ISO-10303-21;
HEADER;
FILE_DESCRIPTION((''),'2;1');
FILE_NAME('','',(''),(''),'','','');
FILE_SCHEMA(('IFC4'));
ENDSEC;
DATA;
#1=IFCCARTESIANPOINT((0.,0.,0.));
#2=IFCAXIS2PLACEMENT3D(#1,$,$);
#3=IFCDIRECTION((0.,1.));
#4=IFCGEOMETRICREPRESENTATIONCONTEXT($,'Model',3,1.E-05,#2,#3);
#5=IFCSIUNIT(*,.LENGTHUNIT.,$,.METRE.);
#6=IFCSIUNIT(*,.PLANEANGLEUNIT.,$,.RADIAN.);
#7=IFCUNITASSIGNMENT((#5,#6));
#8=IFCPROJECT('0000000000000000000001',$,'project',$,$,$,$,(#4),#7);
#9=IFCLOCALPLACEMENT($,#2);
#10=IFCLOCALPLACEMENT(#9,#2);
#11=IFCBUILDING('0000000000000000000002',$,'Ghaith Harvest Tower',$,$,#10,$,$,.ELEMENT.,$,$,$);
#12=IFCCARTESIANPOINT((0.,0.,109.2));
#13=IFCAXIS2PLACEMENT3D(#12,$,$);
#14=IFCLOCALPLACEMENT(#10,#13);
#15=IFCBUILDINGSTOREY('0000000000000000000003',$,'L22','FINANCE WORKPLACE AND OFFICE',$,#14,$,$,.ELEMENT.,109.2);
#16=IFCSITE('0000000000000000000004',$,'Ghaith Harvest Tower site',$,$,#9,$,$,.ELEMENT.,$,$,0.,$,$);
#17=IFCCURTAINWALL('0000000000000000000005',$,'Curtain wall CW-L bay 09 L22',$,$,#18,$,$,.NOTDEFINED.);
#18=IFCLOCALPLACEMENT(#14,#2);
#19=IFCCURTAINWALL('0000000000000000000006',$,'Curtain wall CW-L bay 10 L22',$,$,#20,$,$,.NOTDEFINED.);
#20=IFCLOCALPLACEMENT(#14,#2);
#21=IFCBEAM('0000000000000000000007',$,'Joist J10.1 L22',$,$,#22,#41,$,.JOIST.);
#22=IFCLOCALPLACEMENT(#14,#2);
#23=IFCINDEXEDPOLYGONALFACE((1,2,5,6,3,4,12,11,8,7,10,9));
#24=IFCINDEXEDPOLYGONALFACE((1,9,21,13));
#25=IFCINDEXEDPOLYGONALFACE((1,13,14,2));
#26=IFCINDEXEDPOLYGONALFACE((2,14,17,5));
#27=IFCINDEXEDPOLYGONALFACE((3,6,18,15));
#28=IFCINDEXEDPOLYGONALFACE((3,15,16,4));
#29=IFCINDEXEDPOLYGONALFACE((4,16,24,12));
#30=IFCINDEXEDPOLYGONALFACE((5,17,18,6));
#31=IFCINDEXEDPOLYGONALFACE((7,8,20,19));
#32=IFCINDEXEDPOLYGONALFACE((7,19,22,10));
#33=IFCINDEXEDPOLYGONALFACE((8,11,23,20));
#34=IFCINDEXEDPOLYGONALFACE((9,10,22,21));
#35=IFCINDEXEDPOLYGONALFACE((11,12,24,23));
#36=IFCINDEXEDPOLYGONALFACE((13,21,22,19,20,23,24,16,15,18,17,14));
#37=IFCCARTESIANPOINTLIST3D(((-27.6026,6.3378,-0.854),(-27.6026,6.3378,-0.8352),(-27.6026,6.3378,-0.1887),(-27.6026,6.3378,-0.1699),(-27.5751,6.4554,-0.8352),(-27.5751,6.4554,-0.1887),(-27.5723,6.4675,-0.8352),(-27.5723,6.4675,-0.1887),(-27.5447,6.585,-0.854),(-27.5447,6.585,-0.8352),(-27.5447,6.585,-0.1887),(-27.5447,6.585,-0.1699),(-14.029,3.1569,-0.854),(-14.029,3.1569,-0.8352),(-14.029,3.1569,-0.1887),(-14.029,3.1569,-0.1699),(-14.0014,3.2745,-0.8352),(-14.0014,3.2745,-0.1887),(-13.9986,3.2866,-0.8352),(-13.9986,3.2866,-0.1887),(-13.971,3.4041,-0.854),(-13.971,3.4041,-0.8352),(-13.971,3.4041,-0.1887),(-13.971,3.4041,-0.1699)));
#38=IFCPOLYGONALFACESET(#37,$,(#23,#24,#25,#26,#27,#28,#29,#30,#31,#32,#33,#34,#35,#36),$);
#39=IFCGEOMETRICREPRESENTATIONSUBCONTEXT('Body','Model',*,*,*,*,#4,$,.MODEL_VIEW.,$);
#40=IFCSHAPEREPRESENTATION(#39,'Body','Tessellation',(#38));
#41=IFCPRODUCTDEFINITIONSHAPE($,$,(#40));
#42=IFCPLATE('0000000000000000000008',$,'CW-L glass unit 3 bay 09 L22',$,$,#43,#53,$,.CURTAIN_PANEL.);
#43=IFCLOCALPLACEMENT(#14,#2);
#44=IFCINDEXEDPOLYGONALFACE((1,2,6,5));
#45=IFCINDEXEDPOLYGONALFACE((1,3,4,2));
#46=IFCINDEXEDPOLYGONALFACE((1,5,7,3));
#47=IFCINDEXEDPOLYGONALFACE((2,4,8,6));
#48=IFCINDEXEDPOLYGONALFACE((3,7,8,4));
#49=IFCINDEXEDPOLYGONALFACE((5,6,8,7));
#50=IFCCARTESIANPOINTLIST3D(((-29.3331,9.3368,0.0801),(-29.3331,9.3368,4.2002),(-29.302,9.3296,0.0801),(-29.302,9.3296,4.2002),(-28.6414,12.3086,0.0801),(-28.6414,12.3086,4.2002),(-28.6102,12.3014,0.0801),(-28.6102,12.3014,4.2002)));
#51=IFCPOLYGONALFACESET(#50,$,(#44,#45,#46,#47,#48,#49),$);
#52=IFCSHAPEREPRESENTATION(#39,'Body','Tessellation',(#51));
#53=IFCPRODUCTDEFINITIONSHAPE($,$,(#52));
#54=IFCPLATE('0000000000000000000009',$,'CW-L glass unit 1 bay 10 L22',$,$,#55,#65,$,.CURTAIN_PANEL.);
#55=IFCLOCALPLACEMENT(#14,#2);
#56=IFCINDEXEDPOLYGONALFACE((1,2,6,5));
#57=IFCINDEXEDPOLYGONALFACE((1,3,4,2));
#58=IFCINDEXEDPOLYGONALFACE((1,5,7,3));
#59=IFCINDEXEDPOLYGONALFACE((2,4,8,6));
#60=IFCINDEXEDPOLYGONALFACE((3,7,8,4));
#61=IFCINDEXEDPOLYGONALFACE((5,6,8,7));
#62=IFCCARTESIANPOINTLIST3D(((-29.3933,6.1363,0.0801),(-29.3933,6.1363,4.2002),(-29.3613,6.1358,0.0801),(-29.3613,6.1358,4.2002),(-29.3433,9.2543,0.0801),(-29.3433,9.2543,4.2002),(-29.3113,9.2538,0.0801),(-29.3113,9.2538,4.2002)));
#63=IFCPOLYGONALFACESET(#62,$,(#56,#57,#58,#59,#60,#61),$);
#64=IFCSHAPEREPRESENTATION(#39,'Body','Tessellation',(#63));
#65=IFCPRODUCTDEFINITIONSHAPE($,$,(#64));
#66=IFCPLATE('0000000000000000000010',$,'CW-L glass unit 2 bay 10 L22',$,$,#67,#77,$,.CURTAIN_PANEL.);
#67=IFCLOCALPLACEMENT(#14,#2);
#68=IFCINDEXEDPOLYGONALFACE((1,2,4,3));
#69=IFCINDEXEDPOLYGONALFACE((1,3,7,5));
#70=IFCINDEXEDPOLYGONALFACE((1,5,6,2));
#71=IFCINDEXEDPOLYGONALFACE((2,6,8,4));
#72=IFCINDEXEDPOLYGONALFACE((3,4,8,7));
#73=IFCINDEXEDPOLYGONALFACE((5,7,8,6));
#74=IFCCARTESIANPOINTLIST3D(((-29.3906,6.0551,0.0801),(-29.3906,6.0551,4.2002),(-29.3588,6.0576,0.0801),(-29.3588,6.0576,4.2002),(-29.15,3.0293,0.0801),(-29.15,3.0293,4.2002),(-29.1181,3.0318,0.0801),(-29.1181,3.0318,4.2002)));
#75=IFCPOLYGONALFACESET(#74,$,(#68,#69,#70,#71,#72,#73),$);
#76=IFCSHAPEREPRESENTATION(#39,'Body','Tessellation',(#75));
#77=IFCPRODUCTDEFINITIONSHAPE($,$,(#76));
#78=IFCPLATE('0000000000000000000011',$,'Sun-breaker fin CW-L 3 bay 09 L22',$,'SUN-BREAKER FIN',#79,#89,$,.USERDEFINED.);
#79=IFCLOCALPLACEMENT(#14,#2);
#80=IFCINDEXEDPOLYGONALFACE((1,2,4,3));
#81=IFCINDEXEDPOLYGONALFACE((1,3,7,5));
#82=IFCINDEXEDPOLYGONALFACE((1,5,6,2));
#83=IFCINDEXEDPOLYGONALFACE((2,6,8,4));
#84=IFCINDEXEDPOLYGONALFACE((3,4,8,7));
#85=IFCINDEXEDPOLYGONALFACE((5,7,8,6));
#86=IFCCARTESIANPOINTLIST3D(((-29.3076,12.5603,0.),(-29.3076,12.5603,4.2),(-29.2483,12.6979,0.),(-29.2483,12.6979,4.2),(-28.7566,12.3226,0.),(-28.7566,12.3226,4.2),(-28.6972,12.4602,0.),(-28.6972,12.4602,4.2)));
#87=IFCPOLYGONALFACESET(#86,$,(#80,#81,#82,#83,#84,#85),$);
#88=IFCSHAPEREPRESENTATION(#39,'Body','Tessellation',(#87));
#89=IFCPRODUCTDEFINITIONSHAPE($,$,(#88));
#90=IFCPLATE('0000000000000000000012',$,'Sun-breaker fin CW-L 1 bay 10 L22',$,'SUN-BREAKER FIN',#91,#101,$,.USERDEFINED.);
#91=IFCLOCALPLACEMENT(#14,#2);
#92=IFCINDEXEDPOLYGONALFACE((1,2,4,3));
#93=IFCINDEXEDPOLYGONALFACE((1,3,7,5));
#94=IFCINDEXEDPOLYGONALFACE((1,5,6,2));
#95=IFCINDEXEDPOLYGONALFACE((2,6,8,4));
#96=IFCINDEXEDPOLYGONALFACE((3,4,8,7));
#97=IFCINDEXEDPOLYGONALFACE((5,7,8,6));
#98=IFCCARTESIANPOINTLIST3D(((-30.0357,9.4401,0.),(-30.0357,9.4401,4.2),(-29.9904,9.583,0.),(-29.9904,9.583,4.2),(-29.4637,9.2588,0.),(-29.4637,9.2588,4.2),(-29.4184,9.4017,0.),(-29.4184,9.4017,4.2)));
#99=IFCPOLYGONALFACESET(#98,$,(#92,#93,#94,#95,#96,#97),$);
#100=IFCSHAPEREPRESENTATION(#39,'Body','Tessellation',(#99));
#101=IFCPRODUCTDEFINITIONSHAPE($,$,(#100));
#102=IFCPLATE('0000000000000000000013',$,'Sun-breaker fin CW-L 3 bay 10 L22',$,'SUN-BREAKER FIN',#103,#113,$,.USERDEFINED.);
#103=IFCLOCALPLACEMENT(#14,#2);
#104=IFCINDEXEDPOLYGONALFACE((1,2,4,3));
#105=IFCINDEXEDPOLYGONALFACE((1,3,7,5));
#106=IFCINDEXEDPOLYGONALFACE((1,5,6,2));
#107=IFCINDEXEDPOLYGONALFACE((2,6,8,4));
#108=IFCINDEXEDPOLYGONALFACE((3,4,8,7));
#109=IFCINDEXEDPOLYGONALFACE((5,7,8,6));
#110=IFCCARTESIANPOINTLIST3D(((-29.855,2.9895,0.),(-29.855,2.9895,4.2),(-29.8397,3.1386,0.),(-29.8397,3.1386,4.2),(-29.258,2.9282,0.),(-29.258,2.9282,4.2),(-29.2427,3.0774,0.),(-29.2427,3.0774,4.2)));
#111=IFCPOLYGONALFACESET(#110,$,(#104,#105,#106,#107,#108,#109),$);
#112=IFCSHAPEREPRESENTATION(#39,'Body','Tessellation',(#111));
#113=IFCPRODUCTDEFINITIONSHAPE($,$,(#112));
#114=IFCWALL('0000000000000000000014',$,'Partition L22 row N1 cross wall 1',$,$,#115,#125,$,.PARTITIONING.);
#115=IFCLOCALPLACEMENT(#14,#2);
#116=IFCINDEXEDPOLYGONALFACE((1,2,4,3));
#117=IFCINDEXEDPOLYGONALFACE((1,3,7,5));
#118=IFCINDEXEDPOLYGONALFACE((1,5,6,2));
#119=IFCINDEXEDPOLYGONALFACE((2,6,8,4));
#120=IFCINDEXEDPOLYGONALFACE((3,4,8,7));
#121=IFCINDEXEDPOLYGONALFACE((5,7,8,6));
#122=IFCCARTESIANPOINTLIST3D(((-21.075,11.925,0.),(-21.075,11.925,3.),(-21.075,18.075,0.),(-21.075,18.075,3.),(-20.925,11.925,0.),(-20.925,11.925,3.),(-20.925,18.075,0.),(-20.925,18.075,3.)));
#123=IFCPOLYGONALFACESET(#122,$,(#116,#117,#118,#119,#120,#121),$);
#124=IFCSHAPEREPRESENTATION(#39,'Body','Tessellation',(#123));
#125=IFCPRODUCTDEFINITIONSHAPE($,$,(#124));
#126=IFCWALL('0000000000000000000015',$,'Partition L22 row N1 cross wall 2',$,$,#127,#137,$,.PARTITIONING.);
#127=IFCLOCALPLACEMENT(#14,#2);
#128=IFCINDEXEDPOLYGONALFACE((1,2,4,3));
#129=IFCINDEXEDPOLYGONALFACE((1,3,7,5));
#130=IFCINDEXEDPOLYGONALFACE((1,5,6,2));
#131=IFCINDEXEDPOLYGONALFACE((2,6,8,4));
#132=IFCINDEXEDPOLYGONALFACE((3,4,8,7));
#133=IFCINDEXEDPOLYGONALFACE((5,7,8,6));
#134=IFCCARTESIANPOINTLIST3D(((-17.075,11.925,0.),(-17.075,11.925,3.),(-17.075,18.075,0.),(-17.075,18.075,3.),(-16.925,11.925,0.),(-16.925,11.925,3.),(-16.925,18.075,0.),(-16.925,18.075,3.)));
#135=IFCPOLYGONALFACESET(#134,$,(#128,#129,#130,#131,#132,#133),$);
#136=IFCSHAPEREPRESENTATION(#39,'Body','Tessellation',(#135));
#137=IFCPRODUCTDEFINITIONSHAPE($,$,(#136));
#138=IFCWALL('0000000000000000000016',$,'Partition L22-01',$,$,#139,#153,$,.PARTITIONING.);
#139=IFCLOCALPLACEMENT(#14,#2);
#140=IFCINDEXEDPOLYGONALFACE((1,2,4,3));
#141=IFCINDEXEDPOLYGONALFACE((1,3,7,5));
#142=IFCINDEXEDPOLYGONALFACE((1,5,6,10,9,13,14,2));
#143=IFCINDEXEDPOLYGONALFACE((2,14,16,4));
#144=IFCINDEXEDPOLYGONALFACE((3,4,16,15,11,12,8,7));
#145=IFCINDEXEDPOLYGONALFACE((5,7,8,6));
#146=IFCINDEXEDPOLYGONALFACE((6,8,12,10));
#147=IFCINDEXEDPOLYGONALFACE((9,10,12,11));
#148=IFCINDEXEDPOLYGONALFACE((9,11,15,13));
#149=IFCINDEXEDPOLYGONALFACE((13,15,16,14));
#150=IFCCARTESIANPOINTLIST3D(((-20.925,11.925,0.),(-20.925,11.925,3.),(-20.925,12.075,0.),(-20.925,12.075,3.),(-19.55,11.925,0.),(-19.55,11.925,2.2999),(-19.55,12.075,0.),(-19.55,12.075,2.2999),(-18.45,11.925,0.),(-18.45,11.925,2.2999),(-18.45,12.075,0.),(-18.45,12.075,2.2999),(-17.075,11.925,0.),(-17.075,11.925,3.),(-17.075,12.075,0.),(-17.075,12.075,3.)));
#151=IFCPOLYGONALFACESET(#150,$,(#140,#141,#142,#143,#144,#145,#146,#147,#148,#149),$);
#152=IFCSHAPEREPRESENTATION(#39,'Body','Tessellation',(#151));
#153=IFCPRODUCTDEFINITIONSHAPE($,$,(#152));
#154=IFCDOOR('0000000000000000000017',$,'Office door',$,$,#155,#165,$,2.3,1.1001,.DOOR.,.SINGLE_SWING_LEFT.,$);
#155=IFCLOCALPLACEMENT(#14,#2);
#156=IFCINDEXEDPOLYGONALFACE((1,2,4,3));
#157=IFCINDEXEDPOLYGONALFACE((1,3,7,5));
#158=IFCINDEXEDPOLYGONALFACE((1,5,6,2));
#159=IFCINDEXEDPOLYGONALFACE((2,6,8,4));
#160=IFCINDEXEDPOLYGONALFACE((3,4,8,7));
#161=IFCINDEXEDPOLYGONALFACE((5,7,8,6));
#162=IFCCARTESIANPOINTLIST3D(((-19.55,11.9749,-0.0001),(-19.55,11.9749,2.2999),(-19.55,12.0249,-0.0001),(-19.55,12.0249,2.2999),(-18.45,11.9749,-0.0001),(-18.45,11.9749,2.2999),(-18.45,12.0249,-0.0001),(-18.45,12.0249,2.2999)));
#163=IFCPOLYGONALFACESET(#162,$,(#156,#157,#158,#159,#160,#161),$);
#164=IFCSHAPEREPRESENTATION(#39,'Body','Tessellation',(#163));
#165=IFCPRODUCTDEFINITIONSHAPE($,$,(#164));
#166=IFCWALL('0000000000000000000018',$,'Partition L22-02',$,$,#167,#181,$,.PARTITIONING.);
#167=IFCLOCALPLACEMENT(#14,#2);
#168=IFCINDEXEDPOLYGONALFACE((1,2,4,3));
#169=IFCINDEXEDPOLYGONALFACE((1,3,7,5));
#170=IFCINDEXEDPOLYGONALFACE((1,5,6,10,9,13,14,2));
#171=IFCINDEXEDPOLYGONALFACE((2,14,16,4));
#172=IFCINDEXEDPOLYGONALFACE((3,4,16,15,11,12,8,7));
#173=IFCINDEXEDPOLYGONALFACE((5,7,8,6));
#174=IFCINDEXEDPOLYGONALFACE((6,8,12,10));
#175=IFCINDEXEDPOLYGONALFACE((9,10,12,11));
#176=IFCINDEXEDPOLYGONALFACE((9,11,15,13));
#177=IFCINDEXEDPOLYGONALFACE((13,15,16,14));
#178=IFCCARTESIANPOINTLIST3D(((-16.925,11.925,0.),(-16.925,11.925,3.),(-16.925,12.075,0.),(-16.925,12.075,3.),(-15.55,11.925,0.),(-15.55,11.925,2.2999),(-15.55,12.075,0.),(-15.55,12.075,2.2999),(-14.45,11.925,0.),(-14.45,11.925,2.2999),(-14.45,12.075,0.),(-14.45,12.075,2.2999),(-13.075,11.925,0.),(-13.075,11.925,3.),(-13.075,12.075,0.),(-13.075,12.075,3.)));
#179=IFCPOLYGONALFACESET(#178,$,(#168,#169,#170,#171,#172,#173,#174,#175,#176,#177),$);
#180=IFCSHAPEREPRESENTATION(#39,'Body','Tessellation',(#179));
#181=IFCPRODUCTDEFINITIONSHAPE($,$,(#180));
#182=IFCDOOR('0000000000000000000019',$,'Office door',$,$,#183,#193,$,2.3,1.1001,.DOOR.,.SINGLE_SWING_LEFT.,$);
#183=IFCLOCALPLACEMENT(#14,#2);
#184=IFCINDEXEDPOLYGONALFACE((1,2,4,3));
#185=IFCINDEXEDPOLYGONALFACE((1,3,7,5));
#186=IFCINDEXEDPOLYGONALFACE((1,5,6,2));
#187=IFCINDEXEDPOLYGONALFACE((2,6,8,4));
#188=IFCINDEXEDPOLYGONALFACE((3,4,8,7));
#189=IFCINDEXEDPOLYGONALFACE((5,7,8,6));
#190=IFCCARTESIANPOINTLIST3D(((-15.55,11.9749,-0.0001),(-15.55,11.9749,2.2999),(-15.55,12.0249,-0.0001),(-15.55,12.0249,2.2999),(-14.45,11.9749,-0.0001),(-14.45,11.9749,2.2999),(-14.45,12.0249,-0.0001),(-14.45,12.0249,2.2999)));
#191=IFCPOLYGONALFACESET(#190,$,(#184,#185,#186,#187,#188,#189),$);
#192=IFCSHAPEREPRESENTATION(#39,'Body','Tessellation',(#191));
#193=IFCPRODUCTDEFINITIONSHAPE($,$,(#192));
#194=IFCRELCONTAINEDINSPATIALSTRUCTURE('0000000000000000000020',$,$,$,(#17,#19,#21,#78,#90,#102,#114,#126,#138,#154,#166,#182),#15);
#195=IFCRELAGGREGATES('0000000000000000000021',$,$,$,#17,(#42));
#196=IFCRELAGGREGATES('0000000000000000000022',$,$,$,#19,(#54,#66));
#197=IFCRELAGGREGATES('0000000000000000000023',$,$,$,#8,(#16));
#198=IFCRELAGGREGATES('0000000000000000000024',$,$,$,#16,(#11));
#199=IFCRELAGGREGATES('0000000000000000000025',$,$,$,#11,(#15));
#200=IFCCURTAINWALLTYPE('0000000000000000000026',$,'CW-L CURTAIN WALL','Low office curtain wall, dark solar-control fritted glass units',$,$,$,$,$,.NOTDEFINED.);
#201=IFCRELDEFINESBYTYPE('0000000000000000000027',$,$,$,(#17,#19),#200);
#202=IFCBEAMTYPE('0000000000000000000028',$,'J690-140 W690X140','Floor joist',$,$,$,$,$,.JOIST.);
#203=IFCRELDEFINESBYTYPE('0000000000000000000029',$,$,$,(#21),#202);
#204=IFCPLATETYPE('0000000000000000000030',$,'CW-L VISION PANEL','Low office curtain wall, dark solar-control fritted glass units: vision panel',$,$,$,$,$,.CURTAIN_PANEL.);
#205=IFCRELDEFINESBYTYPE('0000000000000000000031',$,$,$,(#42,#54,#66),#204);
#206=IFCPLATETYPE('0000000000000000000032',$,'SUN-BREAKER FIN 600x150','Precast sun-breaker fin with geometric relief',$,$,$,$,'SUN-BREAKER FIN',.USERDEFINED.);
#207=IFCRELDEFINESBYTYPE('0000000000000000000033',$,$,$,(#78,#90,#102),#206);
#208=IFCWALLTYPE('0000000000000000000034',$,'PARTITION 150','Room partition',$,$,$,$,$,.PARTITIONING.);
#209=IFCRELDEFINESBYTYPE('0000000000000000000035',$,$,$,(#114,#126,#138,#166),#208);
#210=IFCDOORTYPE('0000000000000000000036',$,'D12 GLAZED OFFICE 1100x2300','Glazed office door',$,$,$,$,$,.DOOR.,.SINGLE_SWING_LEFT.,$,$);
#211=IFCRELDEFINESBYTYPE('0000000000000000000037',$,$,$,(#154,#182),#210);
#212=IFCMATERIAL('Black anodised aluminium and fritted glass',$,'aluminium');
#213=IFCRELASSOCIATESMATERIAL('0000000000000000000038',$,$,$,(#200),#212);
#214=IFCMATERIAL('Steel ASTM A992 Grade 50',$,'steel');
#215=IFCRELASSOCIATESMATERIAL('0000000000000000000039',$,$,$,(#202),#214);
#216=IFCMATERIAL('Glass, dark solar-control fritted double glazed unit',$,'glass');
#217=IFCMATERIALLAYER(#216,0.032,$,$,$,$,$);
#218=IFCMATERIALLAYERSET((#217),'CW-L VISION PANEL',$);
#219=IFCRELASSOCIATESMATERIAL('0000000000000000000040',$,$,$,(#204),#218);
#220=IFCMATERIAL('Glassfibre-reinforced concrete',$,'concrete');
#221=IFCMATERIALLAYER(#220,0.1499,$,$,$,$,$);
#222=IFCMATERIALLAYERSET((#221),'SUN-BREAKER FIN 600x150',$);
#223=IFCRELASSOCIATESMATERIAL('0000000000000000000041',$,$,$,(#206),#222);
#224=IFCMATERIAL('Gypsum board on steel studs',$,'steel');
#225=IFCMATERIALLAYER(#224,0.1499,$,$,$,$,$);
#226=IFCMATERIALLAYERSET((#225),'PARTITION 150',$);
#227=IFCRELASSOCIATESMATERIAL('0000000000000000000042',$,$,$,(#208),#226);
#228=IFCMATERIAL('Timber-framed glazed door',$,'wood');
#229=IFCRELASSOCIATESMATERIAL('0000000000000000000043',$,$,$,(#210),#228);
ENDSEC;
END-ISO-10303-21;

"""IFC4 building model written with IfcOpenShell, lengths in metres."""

from ifc_helpers import new_model, si_unit, direction, frame, frame_2d, origin, origin_2d, place, context, subcontext, project, spatial, rectangle, i_section, extrude, material, layer, layer_set, material_profile, profile_set, type_object, element, fill, aggregate, save


model = new_model("IFC4")

# Units and contexts
model_context = context("Model", 3, precision=1e-05, world=origin(), true_north=direction((0.0, 1.0)))
body_context = subcontext(model_context, "Body", "Model", "MODEL_VIEW")
ifc_project = project(units=[si_unit("LENGTHUNIT", "METRE"), si_unit("PLANEANGLEUNIT", "RADIAN")], contexts=[model_context])

# Site, building, storey
site_placement = place(None, origin())
site = spatial("IfcSite", under=ifc_project, at=site_placement, Name="Ghaith Harvest Tower site", CompositionType="ELEMENT", RefElevation=0.0)
building_placement = place(site_placement, origin())
building = spatial("IfcBuilding", under=site, at=building_placement, Name="Ghaith Harvest Tower", CompositionType="ELEMENT")
storey_placement = place(building_placement, frame((0.0, 0.0, 109.2)))
storey = spatial("IfcBuildingStorey", under=building, at=storey_placement, Name="L22", Description="FINANCE WORKPLACE AND OFFICE", CompositionType="ELEMENT", Elevation=109.2)

# Curtain wall
ifc_material_1 = material(Name="Black anodised aluminium and fritted glass", Category="aluminium")
curtain_wall_type = type_object("IfcCurtainWallType", Name="CW-L CURTAIN WALL", Description="Low office curtain wall, dark solar-control fritted glass units", PredefinedType="NOTDEFINED", material=ifc_material_1)
curtain_wall_1_placement = place(storey_placement, origin())
curtain_wall_1 = element("IfcCurtainWall", 1, at=curtain_wall_1_placement, inside=storey, type_object=curtain_wall_type, Name="Curtain wall CW-L bay 09 L22", PredefinedType="NOTDEFINED")

# Curtain wall
curtain_wall_2_placement = place(storey_placement, origin())
curtain_wall_2 = element("IfcCurtainWall", 2, at=curtain_wall_2_placement, inside=storey, type_object=curtain_wall_type, Name="Curtain wall CW-L bay 10 L22", PredefinedType="NOTDEFINED")

# Beam
ifc_material_2 = material(Name="Steel ASTM A992 Grade 50", Category="steel")
ifc_material_profile_1 = material_profile(ifc_material_2, i_section(OverallWidth=0.2539, OverallDepth=0.6841, WebThickness=0.0125, FlangeThickness=0.0188, at=origin_2d()), Name="W690X140")
ifc_profile_set_1 = profile_set([ifc_material_profile_1], Name="Steel ASTM A992 Grade 50")
beam_type_1 = type_object("IfcBeamType", Name="J690-140 W690X140", Description="Floor joist", PredefinedType="JOIST", material=ifc_profile_set_1)
beam_1_placement = place(storey_placement, frame((-14.0, 3.2805, -0.512), z_axis=(-0.973623, 0.228162, 0.0), x_axis=(-0.228162, -0.973623, 0.0)))
element("IfcBeam", 3, at=beam_1_placement, inside=storey, type_object=beam_type_1, Name="Joist J10.1 L22", PredefinedType="JOIST", context=body_context, shape_type="SweptSolid", body=[
    extrude(i_section(OverallWidth=0.2539, OverallDepth=0.6841, WebThickness=0.0125, FlangeThickness=0.0188, at=origin_2d()), origin(), (0.0, 0.0, 1.0), 13.9414),
])

# Plates
ifc_material_3 = material(Name="Glass, dark solar-control fritted double glazed unit", Category="glass")
ifc_layer_1 = layer(ifc_material_3, 0.032)
ifc_layer_set_1 = layer_set([ifc_layer_1], Name="CW-L VISION PANEL")
plate_type_1 = type_object("IfcPlateType", Name="CW-L VISION PANEL", Description="Low office curtain wall, dark solar-control fritted glass units: vision panel", PredefinedType="CURTAIN_PANEL", material=ifc_layer_set_1)
plate_1_placement = place(storey_placement, frame((-28.9717, 10.8191, 0.0801), z_axis=(0.0, 0.0, 1.0), x_axis=(-0.226699, -0.973965, 0.0)))
plate_1 = element("IfcPlate", 4, at=plate_1_placement, type_object=plate_type_1, Name="CW-L glass unit 3 bay 09 L22", PredefinedType="CURTAIN_PANEL", context=body_context, shape_type="SweptSolid", body=[
    extrude(rectangle(XDim=3.0513, YDim=0.032, at=origin_2d()), origin(), (0.0, 0.0, 1.0), 4.1201),
])
aggregate(curtain_wall_1, [plate_1])
plate_2_placement = place(storey_placement, frame((-29.3523, 7.6951, 0.0801), z_axis=(0.0, 0.0, 1.0), x_axis=(-0.016034, -0.999871, 0.0)))
plate_2 = element("IfcPlate", 5, at=plate_2_placement, type_object=plate_type_1, Name="CW-L glass unit 1 bay 10 L22", PredefinedType="CURTAIN_PANEL", context=body_context, shape_type="SweptSolid", body=[
    extrude(rectangle(XDim=3.1184, YDim=0.032, at=origin_2d()), origin(), (0.0, 0.0, 1.0), 4.1201),
])
plate_3_placement = place(storey_placement, frame((-29.2544, 4.5435, 0.0801), z_axis=(0.0, 0.0, 1.0), x_axis=(0.079273, -0.996853, 0.0)))
plate_3 = element("IfcPlate", 6, at=plate_3_placement, type_object=plate_type_1, Name="CW-L glass unit 2 bay 10 L22", PredefinedType="CURTAIN_PANEL", context=body_context, shape_type="SweptSolid", body=[
    extrude(rectangle(XDim=3.0354, YDim=0.032, at=origin_2d()), origin(), (0.0, 0.0, 1.0), 4.1201),
])
aggregate(curtain_wall_2, [plate_2, plate_3])

# Plates
ifc_material_4 = material(Name="Glassfibre-reinforced concrete", Category="concrete")
ifc_layer_2 = layer(ifc_material_4, 0.1499)
ifc_layer_set_2 = layer_set([ifc_layer_2], Name="SUN-BREAKER FIN 600x150")
plate_type_2 = type_object("IfcPlateType", Name="SUN-BREAKER FIN 600x150", Description="Precast sun-breaker fin with geometric relief", ElementType="SUN-BREAKER FIN", PredefinedType="USERDEFINED", material=ifc_layer_set_2)
for number, where, z_axis, x_axis, name in (
    (7, (-29.0024, 12.5103, 0.0), (0.0, 0.0, 1.0), (-0.918218, 0.396075, 0.0), "Sun-breaker fin CW-L 3 bay 09 L22"),
    (8, (-29.7271, 9.4209, 0.0), (0.0, 0.0, 1.0), (-0.953273, 0.30211, 0.0), "Sun-breaker fin CW-L 1 bay 10 L22"),
    (9, (-29.5488, 3.0334, 0.0), (0.0, 0.0, 1.0), (-0.994772, 0.102123, 0.0), "Sun-breaker fin CW-L 3 bay 10 L22"),
):
    element("IfcPlate", number, at=place(storey_placement, frame(where, z_axis=z_axis, x_axis=x_axis)), inside=storey, type_object=plate_type_2, Name=name, ObjectType="SUN-BREAKER FIN", PredefinedType="USERDEFINED", context=body_context, shape_type="SweptSolid", body=[
        extrude(rectangle(XDim=0.6001, YDim=0.1499, at=origin_2d()), origin(), (0.0, 0.0, 1.0), 4.2),
    ])

# Walls
ifc_material_5 = material(Name="Gypsum board on steel studs", Category="steel")
ifc_layer_3 = layer(ifc_material_5, 0.1499)
ifc_layer_set_3 = layer_set([ifc_layer_3], Name="PARTITION 150")
wall_type = type_object("IfcWallType", Name="PARTITION 150", Description="Room partition", PredefinedType="PARTITIONING", material=ifc_layer_set_3)
for number, where, z_axis, x_axis, name in (
    (10, (-21.0, 11.925, 0.0), (0.0, 0.0, 1.0), (0.0, 1.0, 0.0), "Partition L22 row N1 cross wall 1"),
    (11, (-17.0, 11.925, 0.0), (0.0, 0.0, 1.0), (0.0, 1.0, 0.0), "Partition L22 row N1 cross wall 2"),
):
    element("IfcWall", number, at=place(storey_placement, frame(where, z_axis=z_axis, x_axis=x_axis)), inside=storey, type_object=wall_type, Name=name, PredefinedType="PARTITIONING", context=body_context, shape_type="SweptSolid", body=[
        extrude(rectangle(XDim=6.1499, YDim=0.1499, at=frame_2d((3.075, 0.0))), origin(), (0.0, 0.0, 1.0), 3.0),
    ])

# Walls, openings, doors
wall_1_placement = place(storey_placement, frame((-20.925, 12.0, 0.0), z_axis=(0.0, 0.0, 1.0), x_axis=(1.0, 0.0, 0.0)))
wall_1 = element("IfcWall", 12, at=wall_1_placement, inside=storey, type_object=wall_type, Name="Partition L22-01", PredefinedType="PARTITIONING", context=body_context, shape_type="SweptSolid", body=[
    extrude(rectangle(XDim=3.8501, YDim=0.1499, at=frame_2d((1.925, 0.0))), origin(), (0.0, 0.0, 1.0), 3.0),
])
opening_1_placement = place(wall_1_placement, frame((1.375, 0.0, 0.0)))
opening_1 = element("IfcOpeningElement", 13, at=opening_1_placement, cuts=wall_1, PredefinedType="OPENING", context=body_context, shape_type="SweptSolid", body=[
    extrude(rectangle(XDim=1.1001, YDim=2.3, at=frame_2d((0.55, 1.1499))), frame((0.0, 0.085, 0.0), z_axis=(0.0, -1.0, 0.0), x_axis=(1.0, 0.0, 0.0)), (0.0, 0.0, 1.0), 0.1699),
])
ifc_material_6 = material(Name="Timber-framed glazed door", Category="wood")
door_type = type_object("IfcDoorType", Name="D12 GLAZED OFFICE 1100x2300", Description="Glazed office door", OperationType="SINGLE_SWING_LEFT", PredefinedType="DOOR", material=ifc_material_6)
door_1_placement = place(opening_1_placement, origin())
door_1 = element("IfcDoor", 14, at=door_1_placement, inside=storey, type_object=door_type, Name="Office door", OperationType="SINGLE_SWING_LEFT", OverallHeight=2.3, OverallWidth=1.1001, PredefinedType="DOOR", context=body_context, shape_type="SweptSolid", body=[
    extrude(rectangle(XDim=1.1001, YDim=2.3, at=frame_2d((0.55, 1.1499))), frame((0.0, 0.0249, 0.0), z_axis=(0.0, -1.0, 0.0), x_axis=(1.0, 0.0, 0.0)), (0.0, 0.0, 1.0), 0.05),
])
fill(opening_1, door_1)
wall_2_placement = place(storey_placement, frame((-16.925, 12.0, 0.0), z_axis=(0.0, 0.0, 1.0), x_axis=(1.0, 0.0, 0.0)))
wall_2 = element("IfcWall", 15, at=wall_2_placement, inside=storey, type_object=wall_type, Name="Partition L22-02", PredefinedType="PARTITIONING", context=body_context, shape_type="SweptSolid", body=[
    extrude(rectangle(XDim=3.8501, YDim=0.1499, at=frame_2d((1.925, 0.0))), origin(), (0.0, 0.0, 1.0), 3.0),
])
opening_2_placement = place(wall_2_placement, frame((1.375, 0.0, 0.0)))
opening_2 = element("IfcOpeningElement", 16, at=opening_2_placement, cuts=wall_2, PredefinedType="OPENING", context=body_context, shape_type="SweptSolid", body=[
    extrude(rectangle(XDim=1.1001, YDim=2.3, at=frame_2d((0.55, 1.1499))), frame((0.0, 0.085, 0.0), z_axis=(0.0, -1.0, 0.0), x_axis=(1.0, 0.0, 0.0)), (0.0, 0.0, 1.0), 0.1699),
])
door_2_placement = place(opening_2_placement, origin())
door_2 = element("IfcDoor", 17, at=door_2_placement, inside=storey, type_object=door_type, Name="Office door", OperationType="SINGLE_SWING_LEFT", OverallHeight=2.3, OverallWidth=1.1001, PredefinedType="DOOR", context=body_context, shape_type="SweptSolid", body=[
    extrude(rectangle(XDim=1.1001, YDim=2.3, at=frame_2d((0.55, 1.1499))), frame((0.0, 0.0249, 0.0), z_axis=(0.0, -1.0, 0.0), x_axis=(1.0, 0.0, 0.0)), (0.0, 0.0, 1.0), 0.05),
])
fill(opening_2, door_2)

save(model, "model.ifc")
